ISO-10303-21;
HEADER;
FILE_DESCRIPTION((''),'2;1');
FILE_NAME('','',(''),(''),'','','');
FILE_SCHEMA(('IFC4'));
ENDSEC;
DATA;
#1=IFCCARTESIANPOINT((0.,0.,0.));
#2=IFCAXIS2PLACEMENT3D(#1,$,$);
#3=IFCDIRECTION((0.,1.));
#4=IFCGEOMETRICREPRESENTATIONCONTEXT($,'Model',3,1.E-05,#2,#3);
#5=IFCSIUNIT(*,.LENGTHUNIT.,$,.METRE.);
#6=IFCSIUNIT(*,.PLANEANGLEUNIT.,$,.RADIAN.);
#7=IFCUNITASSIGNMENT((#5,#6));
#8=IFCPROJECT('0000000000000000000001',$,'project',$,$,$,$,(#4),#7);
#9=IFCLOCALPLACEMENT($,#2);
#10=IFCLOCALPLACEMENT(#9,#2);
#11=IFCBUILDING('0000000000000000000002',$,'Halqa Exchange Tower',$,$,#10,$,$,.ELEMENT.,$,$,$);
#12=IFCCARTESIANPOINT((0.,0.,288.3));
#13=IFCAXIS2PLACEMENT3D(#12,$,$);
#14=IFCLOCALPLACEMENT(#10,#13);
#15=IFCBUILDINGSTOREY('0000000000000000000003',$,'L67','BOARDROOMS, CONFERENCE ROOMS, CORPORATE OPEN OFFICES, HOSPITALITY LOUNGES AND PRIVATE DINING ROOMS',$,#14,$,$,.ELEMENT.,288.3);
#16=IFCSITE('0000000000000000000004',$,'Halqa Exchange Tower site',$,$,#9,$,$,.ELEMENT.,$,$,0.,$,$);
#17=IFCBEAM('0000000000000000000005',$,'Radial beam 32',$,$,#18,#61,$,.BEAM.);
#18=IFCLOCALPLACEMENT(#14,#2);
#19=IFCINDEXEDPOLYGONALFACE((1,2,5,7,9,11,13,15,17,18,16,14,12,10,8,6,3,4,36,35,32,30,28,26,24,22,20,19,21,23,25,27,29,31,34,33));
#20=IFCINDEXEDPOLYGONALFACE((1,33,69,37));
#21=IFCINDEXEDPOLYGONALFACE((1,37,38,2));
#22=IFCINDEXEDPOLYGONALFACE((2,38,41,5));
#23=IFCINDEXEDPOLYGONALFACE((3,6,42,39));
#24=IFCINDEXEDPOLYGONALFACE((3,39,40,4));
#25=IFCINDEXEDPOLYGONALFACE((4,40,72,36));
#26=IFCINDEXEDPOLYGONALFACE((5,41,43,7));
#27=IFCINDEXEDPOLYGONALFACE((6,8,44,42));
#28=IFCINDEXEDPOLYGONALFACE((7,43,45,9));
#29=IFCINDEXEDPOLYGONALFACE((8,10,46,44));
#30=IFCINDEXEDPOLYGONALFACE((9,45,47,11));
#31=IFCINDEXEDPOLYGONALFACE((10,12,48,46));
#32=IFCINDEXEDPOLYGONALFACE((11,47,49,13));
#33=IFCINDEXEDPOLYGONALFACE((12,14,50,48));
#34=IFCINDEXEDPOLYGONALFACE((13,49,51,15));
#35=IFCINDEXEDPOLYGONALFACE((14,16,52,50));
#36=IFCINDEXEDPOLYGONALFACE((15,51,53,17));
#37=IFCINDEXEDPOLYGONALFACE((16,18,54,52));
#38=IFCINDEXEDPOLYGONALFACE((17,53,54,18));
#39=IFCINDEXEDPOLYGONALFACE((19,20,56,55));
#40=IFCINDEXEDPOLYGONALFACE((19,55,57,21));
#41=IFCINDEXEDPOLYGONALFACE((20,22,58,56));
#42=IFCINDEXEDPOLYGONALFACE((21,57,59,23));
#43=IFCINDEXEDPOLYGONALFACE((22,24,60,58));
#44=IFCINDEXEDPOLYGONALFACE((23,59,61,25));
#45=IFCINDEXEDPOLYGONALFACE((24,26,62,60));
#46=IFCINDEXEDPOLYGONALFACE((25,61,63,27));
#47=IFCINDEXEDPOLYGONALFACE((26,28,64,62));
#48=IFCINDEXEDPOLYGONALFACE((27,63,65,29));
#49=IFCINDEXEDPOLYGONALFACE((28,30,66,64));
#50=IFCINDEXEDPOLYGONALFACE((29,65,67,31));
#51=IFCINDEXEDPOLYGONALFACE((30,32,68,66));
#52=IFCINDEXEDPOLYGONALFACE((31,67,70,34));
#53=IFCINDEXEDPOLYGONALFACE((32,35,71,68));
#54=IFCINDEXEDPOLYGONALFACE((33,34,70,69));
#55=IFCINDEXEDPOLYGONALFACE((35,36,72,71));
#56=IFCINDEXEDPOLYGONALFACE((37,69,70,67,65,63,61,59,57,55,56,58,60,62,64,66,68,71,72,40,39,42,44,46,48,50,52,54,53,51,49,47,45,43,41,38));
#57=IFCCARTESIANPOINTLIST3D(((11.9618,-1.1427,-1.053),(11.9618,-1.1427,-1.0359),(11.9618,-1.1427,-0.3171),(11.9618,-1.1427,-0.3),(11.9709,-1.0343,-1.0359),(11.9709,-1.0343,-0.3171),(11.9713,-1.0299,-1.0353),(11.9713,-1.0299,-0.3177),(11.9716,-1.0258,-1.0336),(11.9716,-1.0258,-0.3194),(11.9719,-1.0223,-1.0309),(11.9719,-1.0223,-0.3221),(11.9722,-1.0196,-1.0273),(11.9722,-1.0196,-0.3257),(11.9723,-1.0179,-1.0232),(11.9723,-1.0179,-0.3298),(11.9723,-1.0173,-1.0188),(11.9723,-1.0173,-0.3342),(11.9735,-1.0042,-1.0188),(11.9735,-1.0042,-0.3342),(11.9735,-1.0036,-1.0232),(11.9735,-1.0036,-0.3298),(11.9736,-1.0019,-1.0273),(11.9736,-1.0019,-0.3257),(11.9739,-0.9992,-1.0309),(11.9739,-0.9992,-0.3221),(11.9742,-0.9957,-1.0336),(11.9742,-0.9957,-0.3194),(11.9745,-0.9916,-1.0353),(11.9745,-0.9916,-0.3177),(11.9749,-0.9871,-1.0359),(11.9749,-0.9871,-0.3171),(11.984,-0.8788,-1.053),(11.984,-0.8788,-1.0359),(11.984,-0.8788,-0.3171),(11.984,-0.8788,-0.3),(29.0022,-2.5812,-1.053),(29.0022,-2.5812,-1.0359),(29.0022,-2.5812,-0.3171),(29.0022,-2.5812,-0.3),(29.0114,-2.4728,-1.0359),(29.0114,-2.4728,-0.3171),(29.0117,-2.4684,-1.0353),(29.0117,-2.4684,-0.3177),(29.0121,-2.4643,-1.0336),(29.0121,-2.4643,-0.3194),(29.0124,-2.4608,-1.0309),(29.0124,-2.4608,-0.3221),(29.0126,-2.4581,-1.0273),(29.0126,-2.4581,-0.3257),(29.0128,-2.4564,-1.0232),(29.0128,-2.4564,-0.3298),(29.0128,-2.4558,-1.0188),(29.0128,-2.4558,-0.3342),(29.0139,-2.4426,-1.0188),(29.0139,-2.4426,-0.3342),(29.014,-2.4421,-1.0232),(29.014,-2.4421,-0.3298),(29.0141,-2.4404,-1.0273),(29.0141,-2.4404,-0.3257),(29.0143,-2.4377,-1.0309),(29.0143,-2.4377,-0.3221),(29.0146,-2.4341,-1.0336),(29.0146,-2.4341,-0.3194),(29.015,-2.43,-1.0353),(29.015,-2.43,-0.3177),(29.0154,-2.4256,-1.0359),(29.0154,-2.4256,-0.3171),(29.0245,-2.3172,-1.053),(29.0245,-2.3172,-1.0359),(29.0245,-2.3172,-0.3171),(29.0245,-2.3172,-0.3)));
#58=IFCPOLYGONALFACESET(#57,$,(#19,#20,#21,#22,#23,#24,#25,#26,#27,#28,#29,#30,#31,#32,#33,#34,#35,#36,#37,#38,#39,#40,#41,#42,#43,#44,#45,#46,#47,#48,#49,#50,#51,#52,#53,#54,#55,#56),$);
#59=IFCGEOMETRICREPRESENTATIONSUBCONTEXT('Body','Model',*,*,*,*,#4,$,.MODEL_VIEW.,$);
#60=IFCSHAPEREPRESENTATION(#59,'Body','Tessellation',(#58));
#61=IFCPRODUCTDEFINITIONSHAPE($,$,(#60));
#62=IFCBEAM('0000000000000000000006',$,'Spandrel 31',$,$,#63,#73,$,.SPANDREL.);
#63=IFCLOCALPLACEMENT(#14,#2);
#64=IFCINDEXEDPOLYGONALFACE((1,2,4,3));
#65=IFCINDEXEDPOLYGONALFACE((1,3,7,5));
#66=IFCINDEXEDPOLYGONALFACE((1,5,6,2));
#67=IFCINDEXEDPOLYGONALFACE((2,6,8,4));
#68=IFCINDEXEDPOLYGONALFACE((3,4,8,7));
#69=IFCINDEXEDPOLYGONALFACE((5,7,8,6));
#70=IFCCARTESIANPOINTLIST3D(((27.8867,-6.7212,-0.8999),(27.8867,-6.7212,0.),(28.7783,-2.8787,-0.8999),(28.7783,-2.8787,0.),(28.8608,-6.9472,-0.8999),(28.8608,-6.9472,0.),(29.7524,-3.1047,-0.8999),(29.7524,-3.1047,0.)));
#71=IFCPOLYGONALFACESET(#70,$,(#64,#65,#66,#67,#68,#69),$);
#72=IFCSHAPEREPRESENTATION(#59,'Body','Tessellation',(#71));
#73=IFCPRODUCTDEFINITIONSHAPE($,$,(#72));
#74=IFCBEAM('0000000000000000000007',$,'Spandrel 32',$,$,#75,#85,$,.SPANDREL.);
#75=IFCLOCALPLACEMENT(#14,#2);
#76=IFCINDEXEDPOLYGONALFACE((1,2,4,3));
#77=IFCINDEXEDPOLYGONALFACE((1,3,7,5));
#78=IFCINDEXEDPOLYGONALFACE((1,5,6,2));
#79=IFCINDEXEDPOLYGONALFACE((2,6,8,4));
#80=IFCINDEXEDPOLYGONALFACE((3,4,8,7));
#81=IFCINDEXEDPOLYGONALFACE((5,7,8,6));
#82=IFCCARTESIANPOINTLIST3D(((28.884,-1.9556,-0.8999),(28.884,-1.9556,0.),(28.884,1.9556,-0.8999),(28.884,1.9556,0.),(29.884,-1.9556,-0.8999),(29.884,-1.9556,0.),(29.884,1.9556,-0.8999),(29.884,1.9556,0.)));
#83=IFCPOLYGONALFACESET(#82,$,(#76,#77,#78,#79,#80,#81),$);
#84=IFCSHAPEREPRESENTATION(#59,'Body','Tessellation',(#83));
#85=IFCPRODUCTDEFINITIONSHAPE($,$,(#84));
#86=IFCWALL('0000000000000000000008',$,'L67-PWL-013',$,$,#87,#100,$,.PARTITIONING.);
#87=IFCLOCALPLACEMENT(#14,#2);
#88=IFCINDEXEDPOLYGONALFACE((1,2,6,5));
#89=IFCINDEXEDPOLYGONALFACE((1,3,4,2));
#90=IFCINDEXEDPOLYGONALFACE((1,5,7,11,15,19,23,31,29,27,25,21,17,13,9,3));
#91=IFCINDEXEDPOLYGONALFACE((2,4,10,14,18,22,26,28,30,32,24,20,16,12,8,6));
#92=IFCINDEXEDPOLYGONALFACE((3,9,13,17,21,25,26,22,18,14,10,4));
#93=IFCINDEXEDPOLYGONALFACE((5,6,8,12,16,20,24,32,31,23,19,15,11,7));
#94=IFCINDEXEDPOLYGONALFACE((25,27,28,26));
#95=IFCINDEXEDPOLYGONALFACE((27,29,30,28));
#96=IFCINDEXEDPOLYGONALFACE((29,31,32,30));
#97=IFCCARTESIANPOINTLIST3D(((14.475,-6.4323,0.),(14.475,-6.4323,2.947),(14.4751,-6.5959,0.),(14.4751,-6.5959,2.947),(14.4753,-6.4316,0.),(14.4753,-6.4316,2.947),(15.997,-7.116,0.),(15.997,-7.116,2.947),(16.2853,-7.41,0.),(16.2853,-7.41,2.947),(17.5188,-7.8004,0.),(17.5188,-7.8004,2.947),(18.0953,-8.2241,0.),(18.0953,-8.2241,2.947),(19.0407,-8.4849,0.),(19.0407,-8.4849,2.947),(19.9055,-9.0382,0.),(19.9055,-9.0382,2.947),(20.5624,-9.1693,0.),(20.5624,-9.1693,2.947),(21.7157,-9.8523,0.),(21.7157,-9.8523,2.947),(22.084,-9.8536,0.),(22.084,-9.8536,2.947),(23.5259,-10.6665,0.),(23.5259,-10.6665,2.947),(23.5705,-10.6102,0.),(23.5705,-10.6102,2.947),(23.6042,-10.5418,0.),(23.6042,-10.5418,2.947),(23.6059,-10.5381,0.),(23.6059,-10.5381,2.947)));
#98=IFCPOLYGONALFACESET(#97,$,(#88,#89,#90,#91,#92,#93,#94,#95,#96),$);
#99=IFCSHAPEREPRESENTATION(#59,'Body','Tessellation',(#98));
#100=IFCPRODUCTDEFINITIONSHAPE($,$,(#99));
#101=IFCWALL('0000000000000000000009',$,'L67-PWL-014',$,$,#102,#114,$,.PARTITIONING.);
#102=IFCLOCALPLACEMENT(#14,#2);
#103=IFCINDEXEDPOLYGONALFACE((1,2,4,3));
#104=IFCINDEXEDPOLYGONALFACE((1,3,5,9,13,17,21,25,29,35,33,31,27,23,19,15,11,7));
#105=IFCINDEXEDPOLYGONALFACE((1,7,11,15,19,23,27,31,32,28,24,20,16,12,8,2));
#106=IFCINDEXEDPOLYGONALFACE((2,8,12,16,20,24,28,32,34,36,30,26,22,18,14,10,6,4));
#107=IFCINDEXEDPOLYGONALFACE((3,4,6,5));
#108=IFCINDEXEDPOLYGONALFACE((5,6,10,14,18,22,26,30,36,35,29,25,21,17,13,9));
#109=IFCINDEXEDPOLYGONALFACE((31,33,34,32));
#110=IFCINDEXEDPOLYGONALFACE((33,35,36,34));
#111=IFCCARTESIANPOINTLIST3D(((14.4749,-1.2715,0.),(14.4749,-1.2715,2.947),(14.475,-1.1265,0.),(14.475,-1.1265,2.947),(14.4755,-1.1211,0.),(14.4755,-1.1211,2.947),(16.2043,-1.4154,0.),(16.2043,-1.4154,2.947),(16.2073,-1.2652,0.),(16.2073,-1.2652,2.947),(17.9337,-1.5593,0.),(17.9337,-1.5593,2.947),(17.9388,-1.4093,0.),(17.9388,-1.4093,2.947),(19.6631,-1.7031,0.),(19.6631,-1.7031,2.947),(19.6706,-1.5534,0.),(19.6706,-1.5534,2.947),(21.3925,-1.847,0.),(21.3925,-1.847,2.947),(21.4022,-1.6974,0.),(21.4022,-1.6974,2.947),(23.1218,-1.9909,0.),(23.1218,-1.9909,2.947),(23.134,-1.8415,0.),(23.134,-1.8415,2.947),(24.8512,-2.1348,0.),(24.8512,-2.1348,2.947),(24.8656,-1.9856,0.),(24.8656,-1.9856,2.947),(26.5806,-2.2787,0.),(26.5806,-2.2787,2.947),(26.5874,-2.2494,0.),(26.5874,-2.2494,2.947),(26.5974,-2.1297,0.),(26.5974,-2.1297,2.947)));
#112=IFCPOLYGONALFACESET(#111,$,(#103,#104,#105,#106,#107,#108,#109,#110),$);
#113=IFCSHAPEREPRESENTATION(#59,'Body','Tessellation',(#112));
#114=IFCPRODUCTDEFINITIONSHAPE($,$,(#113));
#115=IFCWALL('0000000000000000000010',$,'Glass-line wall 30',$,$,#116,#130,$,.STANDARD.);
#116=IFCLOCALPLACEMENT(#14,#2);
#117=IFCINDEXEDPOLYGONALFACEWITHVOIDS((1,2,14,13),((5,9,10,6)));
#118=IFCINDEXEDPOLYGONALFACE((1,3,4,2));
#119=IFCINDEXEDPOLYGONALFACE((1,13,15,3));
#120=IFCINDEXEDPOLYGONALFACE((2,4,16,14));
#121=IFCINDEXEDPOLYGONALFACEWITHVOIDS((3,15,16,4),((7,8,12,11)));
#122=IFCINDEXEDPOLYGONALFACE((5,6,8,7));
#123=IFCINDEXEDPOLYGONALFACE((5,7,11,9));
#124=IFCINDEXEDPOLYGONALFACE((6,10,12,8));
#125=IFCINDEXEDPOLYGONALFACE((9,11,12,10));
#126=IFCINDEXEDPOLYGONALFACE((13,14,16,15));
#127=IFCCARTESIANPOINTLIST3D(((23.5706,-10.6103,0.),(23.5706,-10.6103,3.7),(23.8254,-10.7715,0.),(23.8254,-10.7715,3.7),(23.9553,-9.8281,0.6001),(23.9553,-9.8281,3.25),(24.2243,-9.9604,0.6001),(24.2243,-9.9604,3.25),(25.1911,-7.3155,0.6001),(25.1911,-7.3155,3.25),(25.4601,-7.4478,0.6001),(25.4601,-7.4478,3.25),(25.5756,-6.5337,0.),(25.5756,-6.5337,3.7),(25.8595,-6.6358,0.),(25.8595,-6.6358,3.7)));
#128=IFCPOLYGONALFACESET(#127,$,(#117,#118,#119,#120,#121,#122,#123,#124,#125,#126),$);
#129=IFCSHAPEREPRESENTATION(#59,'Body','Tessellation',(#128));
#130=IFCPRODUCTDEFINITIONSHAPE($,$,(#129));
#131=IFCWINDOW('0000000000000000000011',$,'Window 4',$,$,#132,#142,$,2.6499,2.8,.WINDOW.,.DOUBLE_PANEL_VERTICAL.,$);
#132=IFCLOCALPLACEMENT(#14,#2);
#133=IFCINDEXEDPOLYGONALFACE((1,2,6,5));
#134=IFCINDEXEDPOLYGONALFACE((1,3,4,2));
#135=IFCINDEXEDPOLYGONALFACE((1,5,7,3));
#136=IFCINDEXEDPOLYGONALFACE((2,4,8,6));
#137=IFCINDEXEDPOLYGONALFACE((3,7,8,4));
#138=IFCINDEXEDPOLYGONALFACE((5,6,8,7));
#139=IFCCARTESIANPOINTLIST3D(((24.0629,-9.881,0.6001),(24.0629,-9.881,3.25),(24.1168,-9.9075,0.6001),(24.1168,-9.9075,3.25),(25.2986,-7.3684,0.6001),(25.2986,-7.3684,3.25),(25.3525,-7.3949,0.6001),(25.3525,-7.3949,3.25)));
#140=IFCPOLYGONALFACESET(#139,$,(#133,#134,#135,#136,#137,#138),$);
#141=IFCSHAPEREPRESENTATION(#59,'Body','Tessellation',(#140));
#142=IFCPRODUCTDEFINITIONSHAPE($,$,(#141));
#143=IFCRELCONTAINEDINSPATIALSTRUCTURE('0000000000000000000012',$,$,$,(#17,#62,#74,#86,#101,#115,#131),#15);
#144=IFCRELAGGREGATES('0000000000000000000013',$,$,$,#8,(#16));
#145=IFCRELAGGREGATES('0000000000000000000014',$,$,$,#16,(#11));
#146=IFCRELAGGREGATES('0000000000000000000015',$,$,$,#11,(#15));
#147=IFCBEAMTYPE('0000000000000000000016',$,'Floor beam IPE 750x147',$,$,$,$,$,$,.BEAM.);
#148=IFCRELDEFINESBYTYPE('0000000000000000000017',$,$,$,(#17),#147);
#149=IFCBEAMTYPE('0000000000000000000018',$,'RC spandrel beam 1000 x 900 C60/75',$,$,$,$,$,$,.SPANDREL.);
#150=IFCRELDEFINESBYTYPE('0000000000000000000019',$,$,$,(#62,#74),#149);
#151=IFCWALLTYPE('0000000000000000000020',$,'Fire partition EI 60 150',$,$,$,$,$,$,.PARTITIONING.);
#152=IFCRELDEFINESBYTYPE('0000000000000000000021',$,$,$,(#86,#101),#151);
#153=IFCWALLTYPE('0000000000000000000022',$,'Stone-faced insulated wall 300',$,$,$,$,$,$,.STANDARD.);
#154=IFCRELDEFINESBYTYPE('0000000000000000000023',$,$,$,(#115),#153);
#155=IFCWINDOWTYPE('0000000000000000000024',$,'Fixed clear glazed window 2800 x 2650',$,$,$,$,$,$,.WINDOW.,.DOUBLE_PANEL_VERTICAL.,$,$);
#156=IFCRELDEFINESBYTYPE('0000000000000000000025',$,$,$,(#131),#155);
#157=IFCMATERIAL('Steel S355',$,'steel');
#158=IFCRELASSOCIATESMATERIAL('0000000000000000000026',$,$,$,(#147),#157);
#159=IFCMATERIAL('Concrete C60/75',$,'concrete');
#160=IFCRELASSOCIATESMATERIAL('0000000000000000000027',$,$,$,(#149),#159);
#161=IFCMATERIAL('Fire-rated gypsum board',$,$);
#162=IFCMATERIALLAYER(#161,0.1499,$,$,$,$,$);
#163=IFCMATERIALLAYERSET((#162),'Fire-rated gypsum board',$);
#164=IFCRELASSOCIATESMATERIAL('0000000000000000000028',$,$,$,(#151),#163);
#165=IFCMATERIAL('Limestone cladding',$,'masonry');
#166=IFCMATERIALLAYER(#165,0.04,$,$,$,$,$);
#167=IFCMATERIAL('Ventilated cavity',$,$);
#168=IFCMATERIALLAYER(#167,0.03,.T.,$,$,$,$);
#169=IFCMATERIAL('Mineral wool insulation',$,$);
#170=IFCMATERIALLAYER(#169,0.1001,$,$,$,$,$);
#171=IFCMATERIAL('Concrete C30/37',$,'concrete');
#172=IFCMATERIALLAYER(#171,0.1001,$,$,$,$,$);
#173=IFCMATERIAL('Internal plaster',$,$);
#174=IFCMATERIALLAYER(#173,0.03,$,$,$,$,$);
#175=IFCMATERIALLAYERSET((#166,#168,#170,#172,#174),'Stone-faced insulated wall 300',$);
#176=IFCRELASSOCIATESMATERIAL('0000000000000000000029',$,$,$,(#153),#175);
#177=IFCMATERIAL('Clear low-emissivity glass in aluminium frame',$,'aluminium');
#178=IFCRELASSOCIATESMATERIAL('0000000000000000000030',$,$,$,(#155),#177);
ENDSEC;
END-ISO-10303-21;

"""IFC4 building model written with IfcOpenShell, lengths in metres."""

from ifc_helpers import new_model, si_unit, direction, frame, frame_2d, origin, origin_2d, place, context, subcontext, project, spatial, polyline, rectangle, i_section, outline, extrude, material, layer, layer_set, material_profile, profile_set, type_object, element, fill, save


model = new_model("IFC4")

# Units and contexts
model_context = context("Model", 3, precision=1e-05, world=origin(), true_north=direction((0.0, 1.0)))
body_context = subcontext(model_context, "Body", "Model", "MODEL_VIEW")
ifc_project = project(units=[si_unit("LENGTHUNIT", "METRE"), si_unit("PLANEANGLEUNIT", "RADIAN")], contexts=[model_context])

# Site, building, storey
site_placement = place(None, origin())
site = spatial("IfcSite", under=ifc_project, at=site_placement, Name="Halqa Exchange Tower site", CompositionType="ELEMENT", RefElevation=0.0)
building_placement = place(site_placement, origin())
building = spatial("IfcBuilding", under=site, at=building_placement, Name="Halqa Exchange Tower", CompositionType="ELEMENT")
storey_placement = place(building_placement, frame((0.0, 0.0, 288.3)))
storey = spatial("IfcBuildingStorey", under=building, at=storey_placement, Name="L67", Description="BOARDROOMS, CONFERENCE ROOMS, CORPORATE OPEN OFFICES, HOSPITALITY LOUNGES AND PRIVATE DINING ROOMS", CompositionType="ELEMENT", Elevation=288.3)

# Shared definitions
ifc_material_1 = material(Name="Concrete C60/75", Category="concrete")

# Beams
ifc_material_2 = material(Name="Steel S355", Category="steel")
ifc_material_profile_1 = material_profile(ifc_material_2, i_section(OverallWidth=0.2649, OverallDepth=0.7529, WebThickness=0.0132, FlangeThickness=0.0171, FilletRadius=0.0171, at=origin_2d()), Name="IPE 750x147")
ifc_profile_set_1 = profile_set([ifc_material_profile_1], Name="Steel S355")
beam_type_1 = type_object("IfcBeamType", Name="Floor beam IPE 750x147", PredefinedType="BEAM", material=ifc_profile_set_1)
beam_1_placement = place(storey_placement, frame((11.9729, -1.0107, -0.6765), z_axis=(0.996456, -0.084116, 0.0), x_axis=(0.084116, 0.996456, 0.0)))
element("IfcBeam", 1, at=beam_1_placement, inside=storey, type_object=beam_type_1, Name="Radial beam 32", PredefinedType="BEAM", context=body_context, shape_type="SweptSolid", body=[
    extrude(i_section(OverallWidth=0.2649, OverallDepth=0.7529, WebThickness=0.0132, FlangeThickness=0.0171, FilletRadius=0.0171, at=origin_2d()), origin(), (0.0, 0.0, 1.0), 17.1011),
])
ifc_material_profile_2 = material_profile(ifc_material_1, rectangle(XDim=1.0, YDim=0.8999, at=origin_2d()), Name="1000 x 900")
ifc_profile_set_2 = profile_set([ifc_material_profile_2], Name="Concrete C60/75")
beam_type_2 = type_object("IfcBeamType", Name="RC spandrel beam 1000 x 900 C60/75", PredefinedType="SPANDREL", material=ifc_profile_set_2)
beam_2_placement = place(storey_placement, frame((28.3738, -6.8342, -0.45), z_axis=(0.22603, 0.97412, 0.0), x_axis=(-0.97412, 0.22603, 0.0)))
element("IfcBeam", 2, at=beam_2_placement, inside=storey, type_object=beam_type_2, Name="Spandrel 31", PredefinedType="SPANDREL", context=body_context, shape_type="SweptSolid", body=[
    extrude(rectangle(XDim=1.0, YDim=0.8999, at=origin_2d()), origin(), (0.0, 0.0, 1.0), 3.9446),
])
beam_3_placement = place(storey_placement, frame((29.384, -1.9556, -0.45), z_axis=(0.0, 1.0, 0.0), x_axis=(-1.0, 0.0, 0.0)))
element("IfcBeam", 3, at=beam_3_placement, inside=storey, type_object=beam_type_2, Name="Spandrel 32", PredefinedType="SPANDREL", context=body_context, shape_type="SweptSolid", body=[
    extrude(rectangle(XDim=1.0, YDim=0.8999, at=origin_2d()), origin(), (0.0, 0.0, 1.0), 3.9111),
])

# Walls
ifc_material_3 = material(Name="Fire-rated gypsum board")
ifc_layer_1 = layer(ifc_material_3, 0.1499)
ifc_layer_set_1 = layer_set([ifc_layer_1], Name="Fire-rated gypsum board")
wall_type_1 = type_object("IfcWallType", Name="Fire partition EI 60 150", PredefinedType="PARTITIONING", material=ifc_layer_set_1)
wall_1_placement = place(storey_placement, frame((14.4446, -6.5, 0.0), z_axis=(0.0, 0.0, 1.0), x_axis=(0.912009, -0.410171, 0.0)))
element("IfcWall", 4, at=wall_1_placement, inside=storey, type_object=wall_type_1, Name="L67-PWL-013", PredefinedType="PARTITIONING", context=body_context, shape_type="SweptSolid", body=[
    extrude(outline(polyline([(0.0671, -0.075), (2.052, -0.075), (4.0366, -0.075), (6.0215, -0.075), (8.0063, -0.075), (9.9912, -0.075), (10.0088, -0.0054), (10.0115, 0.0708), (10.0115, 0.075), (8.3428, 0.075), (6.6743, 0.075), (5.0059, 0.075), (3.3372, 0.075), (1.6685, 0.075), (0.0, 0.075), (0.0, 0.0742), (0.0671, -0.075)])), origin(), (0.0, 0.0, 1.0), 2.947),
])
wall_2_placement = place(storey_placement, frame((14.4692, -1.1958, 0.0), z_axis=(0.0, 0.0, 1.0), x_axis=(0.996557, -0.082914, 0.0)))
element("IfcWall", 5, at=wall_2_placement, inside=storey, type_object=wall_type_1, Name="L67-PWL-014", PredefinedType="PARTITIONING", context=body_context, shape_type="SweptSolid", body=[
    extrude(outline(polyline([(0.012, -0.075), (1.7473, -0.075), (3.4827, -0.075), (5.218, -0.075), (6.9534, -0.075), (8.6887, -0.075), (10.4241, -0.075), (12.1594, -0.075), (12.1638, -0.0452), (12.1638, 0.075), (10.426, 0.075), (8.6885, 0.075), (6.9507, 0.075), (5.2131, 0.075), (3.4753, 0.075), (1.7378, 0.075), (0.0, 0.075), (0.0, 0.0696), (0.012, -0.075)])), origin(), (0.0, 0.0, 1.0), 2.947),
])

# Wall, opening, window
ifc_material_4 = material(Name="Limestone cladding", Category="masonry")
ifc_layer_2 = layer(ifc_material_4, 0.04)
ifc_material_5 = material(Name="Ventilated cavity")
ifc_layer_3 = layer(ifc_material_5, 0.03, ventilated=True)
ifc_material_6 = material(Name="Mineral wool insulation")
ifc_layer_4 = layer(ifc_material_6, 0.1001)
ifc_material_7 = material(Name="Concrete C30/37", Category="concrete")
ifc_layer_5 = layer(ifc_material_7, 0.1001)
ifc_material_8 = material(Name="Internal plaster")
ifc_layer_6 = layer(ifc_material_8, 0.03)
ifc_layer_set_2 = layer_set([ifc_layer_2, ifc_layer_3, ifc_layer_4, ifc_layer_5, ifc_layer_6], Name="Stone-faced insulated wall 300")
wall_type_2 = type_object("IfcWallType", Name="Stone-faced insulated wall 300", PredefinedType="STANDARD", material=ifc_layer_set_2)
wall_3_placement = place(storey_placement, frame((23.698, -10.6909, 0.0), z_axis=(0.0, 0.0, 1.0), x_axis=(0.441335, 0.897342, 0.0)))
wall_3 = element("IfcWall", 6, at=wall_3_placement, inside=storey, type_object=wall_type_2, Name="Glass-line wall 30", PredefinedType="STANDARD", context=body_context, shape_type="SweptSolid", body=[
    extrude(outline(polyline([(-0.0161, -0.1499), (4.5928, -0.1499), (4.5591, 0.1499), (0.0161, 0.1499), (-0.0161, -0.1499)])), origin(), (0.0, 0.0, 1.0), 3.7),
])
opening_1_placement = place(wall_3_placement, frame((0.8879, 0.0, 0.6001)))
opening_1 = element("IfcOpeningElement", 7, at=opening_1_placement, cuts=wall_3, PredefinedType="OPENING", context=body_context, shape_type="SweptSolid", body=[
    extrude(rectangle(XDim=2.8, YDim=2.6499, at=frame_2d((1.3999, 1.325))), frame((0.0, 0.1621, 0.0), z_axis=(0.0, -1.0, 0.0), x_axis=(1.0, 0.0, 0.0)), (0.0, 0.0, 1.0), 0.324),
])
ifc_material_9 = material(Name="Clear low-emissivity glass in aluminium frame", Category="aluminium")
window_type = type_object("IfcWindowType", Name="Fixed clear glazed window 2800 x 2650", PartitioningType="DOUBLE_PANEL_VERTICAL", PredefinedType="WINDOW", material=ifc_material_9)
window_1_placement = place(opening_1_placement, origin())
window_1 = element("IfcWindow", 8, at=window_1_placement, inside=storey, type_object=window_type, Name="Window 4", OverallHeight=2.6499, OverallWidth=2.8, PartitioningType="DOUBLE_PANEL_VERTICAL", PredefinedType="WINDOW", context=body_context, shape_type="SweptSolid", body=[
    extrude(rectangle(XDim=2.8, YDim=2.6499, at=frame_2d((1.3999, 1.325))), frame((0.0, 0.03, 0.0), z_axis=(0.0, -1.0, 0.0), x_axis=(1.0, 0.0, 0.0)), (0.0, 0.0, 1.0), 0.0601),
])
fill(opening_1, window_1)

save(model, "model.ifc")
